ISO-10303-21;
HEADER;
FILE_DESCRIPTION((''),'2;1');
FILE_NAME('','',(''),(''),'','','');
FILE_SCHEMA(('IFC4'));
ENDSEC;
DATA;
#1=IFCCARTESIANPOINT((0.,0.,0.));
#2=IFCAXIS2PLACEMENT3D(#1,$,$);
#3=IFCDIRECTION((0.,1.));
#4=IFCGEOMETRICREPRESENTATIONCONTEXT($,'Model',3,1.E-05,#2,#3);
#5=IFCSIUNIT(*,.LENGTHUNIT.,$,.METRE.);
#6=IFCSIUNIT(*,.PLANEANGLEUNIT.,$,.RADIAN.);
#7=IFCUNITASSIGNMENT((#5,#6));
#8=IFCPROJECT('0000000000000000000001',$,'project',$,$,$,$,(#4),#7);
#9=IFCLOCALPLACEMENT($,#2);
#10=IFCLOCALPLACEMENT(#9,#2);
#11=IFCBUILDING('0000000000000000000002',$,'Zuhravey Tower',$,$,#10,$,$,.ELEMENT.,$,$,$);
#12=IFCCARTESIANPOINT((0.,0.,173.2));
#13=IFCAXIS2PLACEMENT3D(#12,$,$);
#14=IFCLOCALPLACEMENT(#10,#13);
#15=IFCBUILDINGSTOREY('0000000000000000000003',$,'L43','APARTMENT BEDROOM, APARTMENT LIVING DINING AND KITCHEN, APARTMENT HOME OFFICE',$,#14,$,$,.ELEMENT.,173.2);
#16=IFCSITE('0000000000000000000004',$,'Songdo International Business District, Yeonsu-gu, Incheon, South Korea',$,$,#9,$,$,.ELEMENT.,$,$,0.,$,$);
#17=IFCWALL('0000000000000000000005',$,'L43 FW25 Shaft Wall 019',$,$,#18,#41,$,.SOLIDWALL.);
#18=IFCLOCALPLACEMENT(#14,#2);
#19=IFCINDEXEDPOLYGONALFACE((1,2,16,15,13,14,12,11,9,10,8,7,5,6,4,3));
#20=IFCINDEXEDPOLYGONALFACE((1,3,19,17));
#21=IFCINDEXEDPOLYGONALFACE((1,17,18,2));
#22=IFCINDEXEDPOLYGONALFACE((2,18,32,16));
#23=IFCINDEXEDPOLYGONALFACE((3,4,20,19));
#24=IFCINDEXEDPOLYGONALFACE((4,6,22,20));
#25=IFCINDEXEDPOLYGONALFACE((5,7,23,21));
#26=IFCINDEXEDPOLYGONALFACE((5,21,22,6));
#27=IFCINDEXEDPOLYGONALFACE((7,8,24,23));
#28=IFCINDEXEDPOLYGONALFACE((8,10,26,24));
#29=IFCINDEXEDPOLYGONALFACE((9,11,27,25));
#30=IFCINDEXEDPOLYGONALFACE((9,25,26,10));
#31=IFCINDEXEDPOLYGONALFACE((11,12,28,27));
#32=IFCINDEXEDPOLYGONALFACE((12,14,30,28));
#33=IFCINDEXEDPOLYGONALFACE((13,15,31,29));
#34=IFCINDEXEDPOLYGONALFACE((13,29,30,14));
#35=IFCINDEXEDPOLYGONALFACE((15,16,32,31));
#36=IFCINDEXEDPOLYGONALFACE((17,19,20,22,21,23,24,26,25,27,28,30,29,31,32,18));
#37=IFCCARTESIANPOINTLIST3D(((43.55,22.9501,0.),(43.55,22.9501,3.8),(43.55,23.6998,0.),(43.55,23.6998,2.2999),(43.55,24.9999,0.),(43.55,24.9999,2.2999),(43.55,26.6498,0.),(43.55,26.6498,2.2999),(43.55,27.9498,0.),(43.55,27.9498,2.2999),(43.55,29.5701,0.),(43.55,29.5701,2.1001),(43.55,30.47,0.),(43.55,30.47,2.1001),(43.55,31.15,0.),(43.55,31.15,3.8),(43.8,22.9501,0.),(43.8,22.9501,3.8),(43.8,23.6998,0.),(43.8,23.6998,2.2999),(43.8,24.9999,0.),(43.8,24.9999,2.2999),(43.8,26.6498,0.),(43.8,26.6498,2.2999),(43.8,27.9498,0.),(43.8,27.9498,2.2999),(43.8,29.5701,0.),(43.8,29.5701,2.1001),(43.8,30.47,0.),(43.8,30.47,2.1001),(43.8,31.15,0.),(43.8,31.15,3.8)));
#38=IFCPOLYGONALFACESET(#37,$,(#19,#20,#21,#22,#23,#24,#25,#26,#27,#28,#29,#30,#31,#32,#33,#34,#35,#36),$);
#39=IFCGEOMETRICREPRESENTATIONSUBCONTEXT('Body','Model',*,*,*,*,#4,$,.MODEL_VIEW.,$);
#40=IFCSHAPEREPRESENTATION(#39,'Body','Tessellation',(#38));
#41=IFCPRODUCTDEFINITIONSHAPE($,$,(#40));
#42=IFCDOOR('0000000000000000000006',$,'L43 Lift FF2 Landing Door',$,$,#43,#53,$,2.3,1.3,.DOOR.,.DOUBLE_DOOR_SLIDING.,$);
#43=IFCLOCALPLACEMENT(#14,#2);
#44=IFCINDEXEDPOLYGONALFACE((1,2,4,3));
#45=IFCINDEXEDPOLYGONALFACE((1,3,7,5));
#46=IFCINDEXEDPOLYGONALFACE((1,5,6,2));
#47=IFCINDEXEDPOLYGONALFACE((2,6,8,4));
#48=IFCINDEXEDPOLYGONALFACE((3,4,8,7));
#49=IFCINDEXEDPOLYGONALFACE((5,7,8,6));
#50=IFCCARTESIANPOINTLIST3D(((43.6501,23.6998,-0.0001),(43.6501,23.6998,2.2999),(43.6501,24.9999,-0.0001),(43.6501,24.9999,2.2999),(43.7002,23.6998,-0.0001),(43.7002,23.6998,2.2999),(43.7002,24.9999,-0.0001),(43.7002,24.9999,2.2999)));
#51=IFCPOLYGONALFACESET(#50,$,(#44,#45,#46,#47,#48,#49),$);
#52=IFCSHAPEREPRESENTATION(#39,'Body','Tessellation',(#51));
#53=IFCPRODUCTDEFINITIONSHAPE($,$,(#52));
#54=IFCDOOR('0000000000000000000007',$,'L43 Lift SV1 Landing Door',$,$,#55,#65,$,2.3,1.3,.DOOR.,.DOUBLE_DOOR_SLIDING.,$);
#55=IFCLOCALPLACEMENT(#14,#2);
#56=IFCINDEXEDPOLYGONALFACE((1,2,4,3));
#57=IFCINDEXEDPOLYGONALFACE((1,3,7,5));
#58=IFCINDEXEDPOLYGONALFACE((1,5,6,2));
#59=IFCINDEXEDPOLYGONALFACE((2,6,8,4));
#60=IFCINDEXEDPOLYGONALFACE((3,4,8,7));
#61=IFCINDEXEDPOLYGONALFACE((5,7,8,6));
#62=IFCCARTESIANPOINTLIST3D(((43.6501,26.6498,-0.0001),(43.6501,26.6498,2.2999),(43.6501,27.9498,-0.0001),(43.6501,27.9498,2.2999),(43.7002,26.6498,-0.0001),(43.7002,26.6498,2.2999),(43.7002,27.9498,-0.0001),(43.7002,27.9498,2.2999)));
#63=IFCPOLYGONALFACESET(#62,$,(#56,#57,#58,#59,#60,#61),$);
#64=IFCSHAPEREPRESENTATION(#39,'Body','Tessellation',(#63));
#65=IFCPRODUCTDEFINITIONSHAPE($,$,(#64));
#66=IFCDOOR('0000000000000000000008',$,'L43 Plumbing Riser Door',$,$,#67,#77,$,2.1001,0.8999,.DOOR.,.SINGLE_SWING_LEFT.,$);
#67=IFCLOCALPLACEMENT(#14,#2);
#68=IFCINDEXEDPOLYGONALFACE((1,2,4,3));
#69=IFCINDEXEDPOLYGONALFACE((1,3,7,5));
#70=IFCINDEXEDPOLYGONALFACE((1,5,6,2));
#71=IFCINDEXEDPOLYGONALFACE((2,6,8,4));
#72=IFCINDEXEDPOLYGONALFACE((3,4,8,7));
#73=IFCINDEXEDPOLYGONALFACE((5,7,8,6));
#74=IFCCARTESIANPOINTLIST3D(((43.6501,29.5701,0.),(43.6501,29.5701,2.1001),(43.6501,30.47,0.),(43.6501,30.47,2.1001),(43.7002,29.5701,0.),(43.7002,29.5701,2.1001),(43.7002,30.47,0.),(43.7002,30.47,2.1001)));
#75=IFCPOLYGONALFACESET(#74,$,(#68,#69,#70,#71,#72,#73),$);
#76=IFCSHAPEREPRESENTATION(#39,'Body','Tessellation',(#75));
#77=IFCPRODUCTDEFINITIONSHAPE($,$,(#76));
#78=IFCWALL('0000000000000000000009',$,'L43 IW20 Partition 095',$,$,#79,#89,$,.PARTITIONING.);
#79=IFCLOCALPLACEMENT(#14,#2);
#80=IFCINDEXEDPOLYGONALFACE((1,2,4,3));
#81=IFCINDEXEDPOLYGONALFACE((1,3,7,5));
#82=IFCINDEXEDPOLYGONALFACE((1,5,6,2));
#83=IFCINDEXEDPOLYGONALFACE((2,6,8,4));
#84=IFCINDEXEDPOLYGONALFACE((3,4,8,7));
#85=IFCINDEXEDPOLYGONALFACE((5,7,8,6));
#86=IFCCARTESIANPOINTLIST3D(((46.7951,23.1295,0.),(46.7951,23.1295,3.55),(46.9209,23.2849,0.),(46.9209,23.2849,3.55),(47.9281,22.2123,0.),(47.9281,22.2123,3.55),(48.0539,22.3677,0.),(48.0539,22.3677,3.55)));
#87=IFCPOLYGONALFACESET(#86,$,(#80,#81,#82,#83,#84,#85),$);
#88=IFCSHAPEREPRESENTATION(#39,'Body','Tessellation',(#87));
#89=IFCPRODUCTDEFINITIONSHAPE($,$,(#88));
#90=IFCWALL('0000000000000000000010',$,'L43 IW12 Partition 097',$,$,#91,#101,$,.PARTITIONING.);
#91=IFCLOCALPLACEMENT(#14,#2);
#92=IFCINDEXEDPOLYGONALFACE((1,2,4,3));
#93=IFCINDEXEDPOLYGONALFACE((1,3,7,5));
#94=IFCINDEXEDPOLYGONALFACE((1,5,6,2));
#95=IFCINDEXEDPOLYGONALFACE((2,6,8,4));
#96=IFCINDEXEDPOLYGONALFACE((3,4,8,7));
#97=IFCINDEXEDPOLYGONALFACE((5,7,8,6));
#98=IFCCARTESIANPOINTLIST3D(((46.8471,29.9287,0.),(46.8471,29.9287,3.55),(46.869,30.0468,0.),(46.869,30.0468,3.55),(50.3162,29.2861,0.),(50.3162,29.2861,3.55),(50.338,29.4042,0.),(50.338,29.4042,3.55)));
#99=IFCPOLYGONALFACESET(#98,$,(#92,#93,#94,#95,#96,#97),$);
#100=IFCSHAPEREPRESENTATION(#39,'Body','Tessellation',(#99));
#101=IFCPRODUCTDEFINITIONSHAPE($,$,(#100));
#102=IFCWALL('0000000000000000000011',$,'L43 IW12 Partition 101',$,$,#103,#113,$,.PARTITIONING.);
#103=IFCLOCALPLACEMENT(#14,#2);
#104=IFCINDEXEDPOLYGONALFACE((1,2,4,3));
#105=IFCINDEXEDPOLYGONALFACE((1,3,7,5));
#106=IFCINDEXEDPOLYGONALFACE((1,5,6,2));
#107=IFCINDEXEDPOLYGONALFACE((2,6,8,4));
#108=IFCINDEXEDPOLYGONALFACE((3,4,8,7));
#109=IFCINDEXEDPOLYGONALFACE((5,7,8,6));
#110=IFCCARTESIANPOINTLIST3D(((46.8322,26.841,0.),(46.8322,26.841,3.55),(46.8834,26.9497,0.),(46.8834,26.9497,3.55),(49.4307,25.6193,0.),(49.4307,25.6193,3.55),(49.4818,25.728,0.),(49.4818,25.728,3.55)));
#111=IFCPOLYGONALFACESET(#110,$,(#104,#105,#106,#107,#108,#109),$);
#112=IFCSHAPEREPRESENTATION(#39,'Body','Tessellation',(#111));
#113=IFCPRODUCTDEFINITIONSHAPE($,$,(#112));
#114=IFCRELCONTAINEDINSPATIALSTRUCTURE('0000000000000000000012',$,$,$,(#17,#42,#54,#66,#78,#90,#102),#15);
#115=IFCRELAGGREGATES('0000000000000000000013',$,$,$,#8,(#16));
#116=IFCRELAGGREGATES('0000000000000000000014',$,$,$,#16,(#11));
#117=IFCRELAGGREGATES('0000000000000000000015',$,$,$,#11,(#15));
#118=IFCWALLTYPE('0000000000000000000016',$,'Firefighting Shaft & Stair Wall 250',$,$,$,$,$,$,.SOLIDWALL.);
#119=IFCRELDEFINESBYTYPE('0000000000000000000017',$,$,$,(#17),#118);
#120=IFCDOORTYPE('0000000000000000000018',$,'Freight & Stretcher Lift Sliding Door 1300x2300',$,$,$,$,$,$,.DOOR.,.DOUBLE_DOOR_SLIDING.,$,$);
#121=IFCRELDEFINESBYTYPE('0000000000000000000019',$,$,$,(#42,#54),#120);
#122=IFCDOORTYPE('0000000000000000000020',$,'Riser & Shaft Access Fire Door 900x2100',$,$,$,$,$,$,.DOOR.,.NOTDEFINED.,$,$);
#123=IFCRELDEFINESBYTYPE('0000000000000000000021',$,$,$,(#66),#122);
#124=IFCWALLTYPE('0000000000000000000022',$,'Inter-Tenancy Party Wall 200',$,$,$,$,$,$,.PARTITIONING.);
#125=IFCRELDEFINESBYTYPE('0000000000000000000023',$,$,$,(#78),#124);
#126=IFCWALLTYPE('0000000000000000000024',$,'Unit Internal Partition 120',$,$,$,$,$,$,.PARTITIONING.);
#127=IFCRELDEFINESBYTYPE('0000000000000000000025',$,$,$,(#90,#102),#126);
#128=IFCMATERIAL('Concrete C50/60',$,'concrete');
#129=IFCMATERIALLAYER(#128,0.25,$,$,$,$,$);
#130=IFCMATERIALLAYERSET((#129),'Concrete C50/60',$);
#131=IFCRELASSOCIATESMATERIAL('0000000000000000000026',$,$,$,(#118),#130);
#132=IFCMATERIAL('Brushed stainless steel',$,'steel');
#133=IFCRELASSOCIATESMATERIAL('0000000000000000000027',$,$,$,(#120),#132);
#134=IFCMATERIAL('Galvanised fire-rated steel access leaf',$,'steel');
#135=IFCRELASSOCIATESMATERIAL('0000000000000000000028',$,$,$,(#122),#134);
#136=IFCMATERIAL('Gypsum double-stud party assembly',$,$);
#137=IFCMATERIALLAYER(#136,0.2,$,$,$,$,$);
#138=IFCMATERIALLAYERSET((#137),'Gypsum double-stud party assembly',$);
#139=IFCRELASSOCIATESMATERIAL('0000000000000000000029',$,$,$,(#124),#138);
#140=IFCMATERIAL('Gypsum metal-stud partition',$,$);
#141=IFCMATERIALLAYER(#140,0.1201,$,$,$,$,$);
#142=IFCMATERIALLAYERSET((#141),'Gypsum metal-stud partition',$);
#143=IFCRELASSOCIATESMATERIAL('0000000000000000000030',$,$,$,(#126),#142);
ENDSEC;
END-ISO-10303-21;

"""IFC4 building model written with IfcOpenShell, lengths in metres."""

from ifc_helpers import new_model, si_unit, direction, frame, frame_2d, origin, place, context, subcontext, project, spatial, rectangle, extrude, material, layer, layer_set, type_object, element, fill, save


model = new_model("IFC4")

# Units and contexts
model_context = context("Model", 3, precision=1e-05, world=origin(), true_north=direction((0.0, 1.0)))
body_context = subcontext(model_context, "Body", "Model", "MODEL_VIEW")
ifc_project = project(units=[si_unit("LENGTHUNIT", "METRE"), si_unit("PLANEANGLEUNIT", "RADIAN")], contexts=[model_context])

# Site, building, storey
site_placement = place(None, origin())
site = spatial("IfcSite", under=ifc_project, at=site_placement, Name="Songdo International Business District, Yeonsu-gu, Incheon, South Korea", CompositionType="ELEMENT", RefElevation=0.0)
building_placement = place(site_placement, origin())
building = spatial("IfcBuilding", under=site, at=building_placement, Name="Zuhravey Tower", CompositionType="ELEMENT")
storey_placement = place(building_placement, frame((0.0, 0.0, 173.2)))
storey = spatial("IfcBuildingStorey", under=building, at=storey_placement, Name="L43", Description="APARTMENT BEDROOM, APARTMENT LIVING DINING AND KITCHEN, APARTMENT HOME OFFICE", CompositionType="ELEMENT", Elevation=173.2)

# Shared definitions
ifc_material_1 = material(Name="Concrete C50/60", Category="concrete")
ifc_layer_1 = layer(ifc_material_1, 0.25)
ifc_layer_set_1 = layer_set([ifc_layer_1], Name="Concrete C50/60")
wall_type_1 = type_object("IfcWallType", Name="Firefighting Shaft & Stair Wall 250", PredefinedType="SOLIDWALL", material=ifc_layer_set_1)

# Wall, openings, doors
wall_1_placement = place(storey_placement, frame((43.675, 22.95, 0.0), z_axis=(0.0, 0.0, 1.0), x_axis=(0.0, 1.0, 0.0)))
wall_1 = element("IfcWall", 1, at=wall_1_placement, inside=storey, type_object=wall_type_1, Name="L43 FW25 Shaft Wall 019", PredefinedType="SOLIDWALL", context=body_context, shape_type="SweptSolid", body=[
    extrude(rectangle(XDim=8.2, YDim=0.25, at=frame_2d((4.1001, 0.0))), origin(), (0.0, 0.0, 1.0), 3.8),
])
opening_1_placement = place(wall_1_placement, frame((0.75, 0.0, 0.0)))
opening_1 = element("IfcOpeningElement", 2, at=opening_1_placement, cuts=wall_1, PredefinedType="OPENING", context=body_context, shape_type="SweptSolid", body=[
    extrude(rectangle(XDim=1.3, YDim=2.3, at=frame_2d((0.6499, 1.1499))), frame((0.0, 0.137, 0.0), z_axis=(0.0, -1.0, 0.0), x_axis=(1.0, 0.0, 0.0)), (0.0, 0.0, 1.0), 0.2739),
])
opening_2_placement = place(wall_1_placement, frame((3.7, 0.0, 0.0)))
opening_2 = element("IfcOpeningElement", 3, at=opening_2_placement, cuts=wall_1, PredefinedType="OPENING", context=body_context, shape_type="SweptSolid", body=[
    extrude(rectangle(XDim=1.3, YDim=2.3, at=frame_2d((0.6499, 1.1499))), frame((0.0, 0.137, 0.0), z_axis=(0.0, -1.0, 0.0), x_axis=(1.0, 0.0, 0.0)), (0.0, 0.0, 1.0), 0.2739),
])
opening_3_placement = place(wall_1_placement, frame((6.6201, 0.0, 0.0)))
opening_3 = element("IfcOpeningElement", 4, at=opening_3_placement, cuts=wall_1, PredefinedType="OPENING", context=body_context, shape_type="SweptSolid", body=[
    extrude(rectangle(XDim=0.8999, YDim=2.1001, at=frame_2d((0.45, 1.05))), frame((0.0, 0.137, 0.0), z_axis=(0.0, -1.0, 0.0), x_axis=(1.0, 0.0, 0.0)), (0.0, 0.0, 1.0), 0.2739),
])
ifc_material_2 = material(Name="Brushed stainless steel", Category="steel")
door_type_1 = type_object("IfcDoorType", Name="Freight & Stretcher Lift Sliding Door 1300x2300", OperationType="DOUBLE_DOOR_SLIDING", PredefinedType="DOOR", material=ifc_material_2)
door_1_placement = place(opening_1_placement, origin())
door_1 = element("IfcDoor", 5, at=door_1_placement, inside=storey, type_object=door_type_1, Name="L43 Lift FF2 Landing Door", OperationType="DOUBLE_DOOR_SLIDING", OverallHeight=2.3, OverallWidth=1.3, PredefinedType="DOOR", context=body_context, shape_type="SweptSolid", body=[
    extrude(rectangle(XDim=1.3, YDim=2.3, at=frame_2d((0.6499, 1.1499))), frame((0.0, 0.0249, 0.0), z_axis=(0.0, -1.0, 0.0), x_axis=(1.0, 0.0, 0.0)), (0.0, 0.0, 1.0), 0.05),
])
fill(opening_1, door_1)
door_2_placement = place(opening_2_placement, origin())
door_2 = element("IfcDoor", 6, at=door_2_placement, inside=storey, type_object=door_type_1, Name="L43 Lift SV1 Landing Door", OperationType="DOUBLE_DOOR_SLIDING", OverallHeight=2.3, OverallWidth=1.3, PredefinedType="DOOR", context=body_context, shape_type="SweptSolid", body=[
    extrude(rectangle(XDim=1.3, YDim=2.3, at=frame_2d((0.6499, 1.1499))), frame((0.0, 0.0249, 0.0), z_axis=(0.0, -1.0, 0.0), x_axis=(1.0, 0.0, 0.0)), (0.0, 0.0, 1.0), 0.05),
])
fill(opening_2, door_2)
ifc_material_3 = material(Name="Galvanised fire-rated steel access leaf", Category="steel")
door_type_2 = type_object("IfcDoorType", Name="Riser & Shaft Access Fire Door 900x2100", OperationType="NOTDEFINED", PredefinedType="DOOR", material=ifc_material_3)
door_3_placement = place(opening_3_placement, origin())
door_3 = element("IfcDoor", 7, at=door_3_placement, inside=storey, type_object=door_type_2, Name="L43 Plumbing Riser Door", OperationType="SINGLE_SWING_LEFT", OverallHeight=2.1001, OverallWidth=0.8999, PredefinedType="DOOR", context=body_context, shape_type="SweptSolid", body=[
    extrude(rectangle(XDim=0.8999, YDim=2.1001, at=frame_2d((0.45, 1.05))), frame((0.0, 0.0249, 0.0), z_axis=(0.0, -1.0, 0.0), x_axis=(1.0, 0.0, 0.0)), (0.0, 0.0, 1.0), 0.05),
])
fill(opening_3, door_3)

# Walls
ifc_material_4 = material(Name="Gypsum double-stud party assembly")
ifc_layer_2 = layer(ifc_material_4, 0.2)
ifc_layer_set_2 = layer_set([ifc_layer_2], Name="Gypsum double-stud party assembly")
wall_type_2 = type_object("IfcWallType", Name="Inter-Tenancy Party Wall 200", PredefinedType="PARTITIONING", material=ifc_layer_set_2)
wall_2_placement = place(storey_placement, frame((46.8579, 23.2073, 0.0), z_axis=(0.0, 0.0, 1.0), x_axis=(0.777245, -0.629198, 0.0)))
element("IfcWall", 8, at=wall_2_placement, inside=storey, type_object=wall_type_2, Name="L43 IW20 Partition 095", PredefinedType="PARTITIONING", context=body_context, shape_type="SweptSolid", body=[
    extrude(rectangle(XDim=1.4578, YDim=0.2, at=frame_2d((0.729, 0.0))), origin(), (0.0, 0.0, 1.0), 3.55),
])
ifc_material_5 = material(Name="Gypsum metal-stud partition")
ifc_layer_3 = layer(ifc_material_5, 0.1201)
ifc_layer_set_3 = layer_set([ifc_layer_3], Name="Gypsum metal-stud partition")
wall_type_3 = type_object("IfcWallType", Name="Unit Internal Partition 120", PredefinedType="PARTITIONING", material=ifc_layer_set_3)
wall_3_placement = place(storey_placement, frame((46.8579, 29.9878, 0.0), z_axis=(0.0, 0.0, 1.0), x_axis=(0.983273, -0.182136, 0.0)))
element("IfcWall", 9, at=wall_3_placement, inside=storey, type_object=wall_type_3, Name="L43 IW12 Partition 097", PredefinedType="PARTITIONING", context=body_context, shape_type="SweptSolid", body=[
    extrude(rectangle(XDim=3.5281, YDim=0.1201, at=frame_2d((1.7642, 0.0))), origin(), (0.0, 0.0, 1.0), 3.55),
])
wall_4_placement = place(storey_placement, frame((46.8579, 26.8953, 0.0), z_axis=(0.0, 0.0, 1.0), x_axis=(0.904965, -0.425486, 0.0)))
element("IfcWall", 10, at=wall_4_placement, inside=storey, type_object=wall_type_3, Name="L43 IW12 Partition 101", PredefinedType="PARTITIONING", context=body_context, shape_type="SweptSolid", body=[
    extrude(rectangle(XDim=2.8713, YDim=0.1201, at=frame_2d((1.4355, 0.0))), origin(), (0.0, 0.0, 1.0), 3.55),
])

save(model, "model.ifc")
